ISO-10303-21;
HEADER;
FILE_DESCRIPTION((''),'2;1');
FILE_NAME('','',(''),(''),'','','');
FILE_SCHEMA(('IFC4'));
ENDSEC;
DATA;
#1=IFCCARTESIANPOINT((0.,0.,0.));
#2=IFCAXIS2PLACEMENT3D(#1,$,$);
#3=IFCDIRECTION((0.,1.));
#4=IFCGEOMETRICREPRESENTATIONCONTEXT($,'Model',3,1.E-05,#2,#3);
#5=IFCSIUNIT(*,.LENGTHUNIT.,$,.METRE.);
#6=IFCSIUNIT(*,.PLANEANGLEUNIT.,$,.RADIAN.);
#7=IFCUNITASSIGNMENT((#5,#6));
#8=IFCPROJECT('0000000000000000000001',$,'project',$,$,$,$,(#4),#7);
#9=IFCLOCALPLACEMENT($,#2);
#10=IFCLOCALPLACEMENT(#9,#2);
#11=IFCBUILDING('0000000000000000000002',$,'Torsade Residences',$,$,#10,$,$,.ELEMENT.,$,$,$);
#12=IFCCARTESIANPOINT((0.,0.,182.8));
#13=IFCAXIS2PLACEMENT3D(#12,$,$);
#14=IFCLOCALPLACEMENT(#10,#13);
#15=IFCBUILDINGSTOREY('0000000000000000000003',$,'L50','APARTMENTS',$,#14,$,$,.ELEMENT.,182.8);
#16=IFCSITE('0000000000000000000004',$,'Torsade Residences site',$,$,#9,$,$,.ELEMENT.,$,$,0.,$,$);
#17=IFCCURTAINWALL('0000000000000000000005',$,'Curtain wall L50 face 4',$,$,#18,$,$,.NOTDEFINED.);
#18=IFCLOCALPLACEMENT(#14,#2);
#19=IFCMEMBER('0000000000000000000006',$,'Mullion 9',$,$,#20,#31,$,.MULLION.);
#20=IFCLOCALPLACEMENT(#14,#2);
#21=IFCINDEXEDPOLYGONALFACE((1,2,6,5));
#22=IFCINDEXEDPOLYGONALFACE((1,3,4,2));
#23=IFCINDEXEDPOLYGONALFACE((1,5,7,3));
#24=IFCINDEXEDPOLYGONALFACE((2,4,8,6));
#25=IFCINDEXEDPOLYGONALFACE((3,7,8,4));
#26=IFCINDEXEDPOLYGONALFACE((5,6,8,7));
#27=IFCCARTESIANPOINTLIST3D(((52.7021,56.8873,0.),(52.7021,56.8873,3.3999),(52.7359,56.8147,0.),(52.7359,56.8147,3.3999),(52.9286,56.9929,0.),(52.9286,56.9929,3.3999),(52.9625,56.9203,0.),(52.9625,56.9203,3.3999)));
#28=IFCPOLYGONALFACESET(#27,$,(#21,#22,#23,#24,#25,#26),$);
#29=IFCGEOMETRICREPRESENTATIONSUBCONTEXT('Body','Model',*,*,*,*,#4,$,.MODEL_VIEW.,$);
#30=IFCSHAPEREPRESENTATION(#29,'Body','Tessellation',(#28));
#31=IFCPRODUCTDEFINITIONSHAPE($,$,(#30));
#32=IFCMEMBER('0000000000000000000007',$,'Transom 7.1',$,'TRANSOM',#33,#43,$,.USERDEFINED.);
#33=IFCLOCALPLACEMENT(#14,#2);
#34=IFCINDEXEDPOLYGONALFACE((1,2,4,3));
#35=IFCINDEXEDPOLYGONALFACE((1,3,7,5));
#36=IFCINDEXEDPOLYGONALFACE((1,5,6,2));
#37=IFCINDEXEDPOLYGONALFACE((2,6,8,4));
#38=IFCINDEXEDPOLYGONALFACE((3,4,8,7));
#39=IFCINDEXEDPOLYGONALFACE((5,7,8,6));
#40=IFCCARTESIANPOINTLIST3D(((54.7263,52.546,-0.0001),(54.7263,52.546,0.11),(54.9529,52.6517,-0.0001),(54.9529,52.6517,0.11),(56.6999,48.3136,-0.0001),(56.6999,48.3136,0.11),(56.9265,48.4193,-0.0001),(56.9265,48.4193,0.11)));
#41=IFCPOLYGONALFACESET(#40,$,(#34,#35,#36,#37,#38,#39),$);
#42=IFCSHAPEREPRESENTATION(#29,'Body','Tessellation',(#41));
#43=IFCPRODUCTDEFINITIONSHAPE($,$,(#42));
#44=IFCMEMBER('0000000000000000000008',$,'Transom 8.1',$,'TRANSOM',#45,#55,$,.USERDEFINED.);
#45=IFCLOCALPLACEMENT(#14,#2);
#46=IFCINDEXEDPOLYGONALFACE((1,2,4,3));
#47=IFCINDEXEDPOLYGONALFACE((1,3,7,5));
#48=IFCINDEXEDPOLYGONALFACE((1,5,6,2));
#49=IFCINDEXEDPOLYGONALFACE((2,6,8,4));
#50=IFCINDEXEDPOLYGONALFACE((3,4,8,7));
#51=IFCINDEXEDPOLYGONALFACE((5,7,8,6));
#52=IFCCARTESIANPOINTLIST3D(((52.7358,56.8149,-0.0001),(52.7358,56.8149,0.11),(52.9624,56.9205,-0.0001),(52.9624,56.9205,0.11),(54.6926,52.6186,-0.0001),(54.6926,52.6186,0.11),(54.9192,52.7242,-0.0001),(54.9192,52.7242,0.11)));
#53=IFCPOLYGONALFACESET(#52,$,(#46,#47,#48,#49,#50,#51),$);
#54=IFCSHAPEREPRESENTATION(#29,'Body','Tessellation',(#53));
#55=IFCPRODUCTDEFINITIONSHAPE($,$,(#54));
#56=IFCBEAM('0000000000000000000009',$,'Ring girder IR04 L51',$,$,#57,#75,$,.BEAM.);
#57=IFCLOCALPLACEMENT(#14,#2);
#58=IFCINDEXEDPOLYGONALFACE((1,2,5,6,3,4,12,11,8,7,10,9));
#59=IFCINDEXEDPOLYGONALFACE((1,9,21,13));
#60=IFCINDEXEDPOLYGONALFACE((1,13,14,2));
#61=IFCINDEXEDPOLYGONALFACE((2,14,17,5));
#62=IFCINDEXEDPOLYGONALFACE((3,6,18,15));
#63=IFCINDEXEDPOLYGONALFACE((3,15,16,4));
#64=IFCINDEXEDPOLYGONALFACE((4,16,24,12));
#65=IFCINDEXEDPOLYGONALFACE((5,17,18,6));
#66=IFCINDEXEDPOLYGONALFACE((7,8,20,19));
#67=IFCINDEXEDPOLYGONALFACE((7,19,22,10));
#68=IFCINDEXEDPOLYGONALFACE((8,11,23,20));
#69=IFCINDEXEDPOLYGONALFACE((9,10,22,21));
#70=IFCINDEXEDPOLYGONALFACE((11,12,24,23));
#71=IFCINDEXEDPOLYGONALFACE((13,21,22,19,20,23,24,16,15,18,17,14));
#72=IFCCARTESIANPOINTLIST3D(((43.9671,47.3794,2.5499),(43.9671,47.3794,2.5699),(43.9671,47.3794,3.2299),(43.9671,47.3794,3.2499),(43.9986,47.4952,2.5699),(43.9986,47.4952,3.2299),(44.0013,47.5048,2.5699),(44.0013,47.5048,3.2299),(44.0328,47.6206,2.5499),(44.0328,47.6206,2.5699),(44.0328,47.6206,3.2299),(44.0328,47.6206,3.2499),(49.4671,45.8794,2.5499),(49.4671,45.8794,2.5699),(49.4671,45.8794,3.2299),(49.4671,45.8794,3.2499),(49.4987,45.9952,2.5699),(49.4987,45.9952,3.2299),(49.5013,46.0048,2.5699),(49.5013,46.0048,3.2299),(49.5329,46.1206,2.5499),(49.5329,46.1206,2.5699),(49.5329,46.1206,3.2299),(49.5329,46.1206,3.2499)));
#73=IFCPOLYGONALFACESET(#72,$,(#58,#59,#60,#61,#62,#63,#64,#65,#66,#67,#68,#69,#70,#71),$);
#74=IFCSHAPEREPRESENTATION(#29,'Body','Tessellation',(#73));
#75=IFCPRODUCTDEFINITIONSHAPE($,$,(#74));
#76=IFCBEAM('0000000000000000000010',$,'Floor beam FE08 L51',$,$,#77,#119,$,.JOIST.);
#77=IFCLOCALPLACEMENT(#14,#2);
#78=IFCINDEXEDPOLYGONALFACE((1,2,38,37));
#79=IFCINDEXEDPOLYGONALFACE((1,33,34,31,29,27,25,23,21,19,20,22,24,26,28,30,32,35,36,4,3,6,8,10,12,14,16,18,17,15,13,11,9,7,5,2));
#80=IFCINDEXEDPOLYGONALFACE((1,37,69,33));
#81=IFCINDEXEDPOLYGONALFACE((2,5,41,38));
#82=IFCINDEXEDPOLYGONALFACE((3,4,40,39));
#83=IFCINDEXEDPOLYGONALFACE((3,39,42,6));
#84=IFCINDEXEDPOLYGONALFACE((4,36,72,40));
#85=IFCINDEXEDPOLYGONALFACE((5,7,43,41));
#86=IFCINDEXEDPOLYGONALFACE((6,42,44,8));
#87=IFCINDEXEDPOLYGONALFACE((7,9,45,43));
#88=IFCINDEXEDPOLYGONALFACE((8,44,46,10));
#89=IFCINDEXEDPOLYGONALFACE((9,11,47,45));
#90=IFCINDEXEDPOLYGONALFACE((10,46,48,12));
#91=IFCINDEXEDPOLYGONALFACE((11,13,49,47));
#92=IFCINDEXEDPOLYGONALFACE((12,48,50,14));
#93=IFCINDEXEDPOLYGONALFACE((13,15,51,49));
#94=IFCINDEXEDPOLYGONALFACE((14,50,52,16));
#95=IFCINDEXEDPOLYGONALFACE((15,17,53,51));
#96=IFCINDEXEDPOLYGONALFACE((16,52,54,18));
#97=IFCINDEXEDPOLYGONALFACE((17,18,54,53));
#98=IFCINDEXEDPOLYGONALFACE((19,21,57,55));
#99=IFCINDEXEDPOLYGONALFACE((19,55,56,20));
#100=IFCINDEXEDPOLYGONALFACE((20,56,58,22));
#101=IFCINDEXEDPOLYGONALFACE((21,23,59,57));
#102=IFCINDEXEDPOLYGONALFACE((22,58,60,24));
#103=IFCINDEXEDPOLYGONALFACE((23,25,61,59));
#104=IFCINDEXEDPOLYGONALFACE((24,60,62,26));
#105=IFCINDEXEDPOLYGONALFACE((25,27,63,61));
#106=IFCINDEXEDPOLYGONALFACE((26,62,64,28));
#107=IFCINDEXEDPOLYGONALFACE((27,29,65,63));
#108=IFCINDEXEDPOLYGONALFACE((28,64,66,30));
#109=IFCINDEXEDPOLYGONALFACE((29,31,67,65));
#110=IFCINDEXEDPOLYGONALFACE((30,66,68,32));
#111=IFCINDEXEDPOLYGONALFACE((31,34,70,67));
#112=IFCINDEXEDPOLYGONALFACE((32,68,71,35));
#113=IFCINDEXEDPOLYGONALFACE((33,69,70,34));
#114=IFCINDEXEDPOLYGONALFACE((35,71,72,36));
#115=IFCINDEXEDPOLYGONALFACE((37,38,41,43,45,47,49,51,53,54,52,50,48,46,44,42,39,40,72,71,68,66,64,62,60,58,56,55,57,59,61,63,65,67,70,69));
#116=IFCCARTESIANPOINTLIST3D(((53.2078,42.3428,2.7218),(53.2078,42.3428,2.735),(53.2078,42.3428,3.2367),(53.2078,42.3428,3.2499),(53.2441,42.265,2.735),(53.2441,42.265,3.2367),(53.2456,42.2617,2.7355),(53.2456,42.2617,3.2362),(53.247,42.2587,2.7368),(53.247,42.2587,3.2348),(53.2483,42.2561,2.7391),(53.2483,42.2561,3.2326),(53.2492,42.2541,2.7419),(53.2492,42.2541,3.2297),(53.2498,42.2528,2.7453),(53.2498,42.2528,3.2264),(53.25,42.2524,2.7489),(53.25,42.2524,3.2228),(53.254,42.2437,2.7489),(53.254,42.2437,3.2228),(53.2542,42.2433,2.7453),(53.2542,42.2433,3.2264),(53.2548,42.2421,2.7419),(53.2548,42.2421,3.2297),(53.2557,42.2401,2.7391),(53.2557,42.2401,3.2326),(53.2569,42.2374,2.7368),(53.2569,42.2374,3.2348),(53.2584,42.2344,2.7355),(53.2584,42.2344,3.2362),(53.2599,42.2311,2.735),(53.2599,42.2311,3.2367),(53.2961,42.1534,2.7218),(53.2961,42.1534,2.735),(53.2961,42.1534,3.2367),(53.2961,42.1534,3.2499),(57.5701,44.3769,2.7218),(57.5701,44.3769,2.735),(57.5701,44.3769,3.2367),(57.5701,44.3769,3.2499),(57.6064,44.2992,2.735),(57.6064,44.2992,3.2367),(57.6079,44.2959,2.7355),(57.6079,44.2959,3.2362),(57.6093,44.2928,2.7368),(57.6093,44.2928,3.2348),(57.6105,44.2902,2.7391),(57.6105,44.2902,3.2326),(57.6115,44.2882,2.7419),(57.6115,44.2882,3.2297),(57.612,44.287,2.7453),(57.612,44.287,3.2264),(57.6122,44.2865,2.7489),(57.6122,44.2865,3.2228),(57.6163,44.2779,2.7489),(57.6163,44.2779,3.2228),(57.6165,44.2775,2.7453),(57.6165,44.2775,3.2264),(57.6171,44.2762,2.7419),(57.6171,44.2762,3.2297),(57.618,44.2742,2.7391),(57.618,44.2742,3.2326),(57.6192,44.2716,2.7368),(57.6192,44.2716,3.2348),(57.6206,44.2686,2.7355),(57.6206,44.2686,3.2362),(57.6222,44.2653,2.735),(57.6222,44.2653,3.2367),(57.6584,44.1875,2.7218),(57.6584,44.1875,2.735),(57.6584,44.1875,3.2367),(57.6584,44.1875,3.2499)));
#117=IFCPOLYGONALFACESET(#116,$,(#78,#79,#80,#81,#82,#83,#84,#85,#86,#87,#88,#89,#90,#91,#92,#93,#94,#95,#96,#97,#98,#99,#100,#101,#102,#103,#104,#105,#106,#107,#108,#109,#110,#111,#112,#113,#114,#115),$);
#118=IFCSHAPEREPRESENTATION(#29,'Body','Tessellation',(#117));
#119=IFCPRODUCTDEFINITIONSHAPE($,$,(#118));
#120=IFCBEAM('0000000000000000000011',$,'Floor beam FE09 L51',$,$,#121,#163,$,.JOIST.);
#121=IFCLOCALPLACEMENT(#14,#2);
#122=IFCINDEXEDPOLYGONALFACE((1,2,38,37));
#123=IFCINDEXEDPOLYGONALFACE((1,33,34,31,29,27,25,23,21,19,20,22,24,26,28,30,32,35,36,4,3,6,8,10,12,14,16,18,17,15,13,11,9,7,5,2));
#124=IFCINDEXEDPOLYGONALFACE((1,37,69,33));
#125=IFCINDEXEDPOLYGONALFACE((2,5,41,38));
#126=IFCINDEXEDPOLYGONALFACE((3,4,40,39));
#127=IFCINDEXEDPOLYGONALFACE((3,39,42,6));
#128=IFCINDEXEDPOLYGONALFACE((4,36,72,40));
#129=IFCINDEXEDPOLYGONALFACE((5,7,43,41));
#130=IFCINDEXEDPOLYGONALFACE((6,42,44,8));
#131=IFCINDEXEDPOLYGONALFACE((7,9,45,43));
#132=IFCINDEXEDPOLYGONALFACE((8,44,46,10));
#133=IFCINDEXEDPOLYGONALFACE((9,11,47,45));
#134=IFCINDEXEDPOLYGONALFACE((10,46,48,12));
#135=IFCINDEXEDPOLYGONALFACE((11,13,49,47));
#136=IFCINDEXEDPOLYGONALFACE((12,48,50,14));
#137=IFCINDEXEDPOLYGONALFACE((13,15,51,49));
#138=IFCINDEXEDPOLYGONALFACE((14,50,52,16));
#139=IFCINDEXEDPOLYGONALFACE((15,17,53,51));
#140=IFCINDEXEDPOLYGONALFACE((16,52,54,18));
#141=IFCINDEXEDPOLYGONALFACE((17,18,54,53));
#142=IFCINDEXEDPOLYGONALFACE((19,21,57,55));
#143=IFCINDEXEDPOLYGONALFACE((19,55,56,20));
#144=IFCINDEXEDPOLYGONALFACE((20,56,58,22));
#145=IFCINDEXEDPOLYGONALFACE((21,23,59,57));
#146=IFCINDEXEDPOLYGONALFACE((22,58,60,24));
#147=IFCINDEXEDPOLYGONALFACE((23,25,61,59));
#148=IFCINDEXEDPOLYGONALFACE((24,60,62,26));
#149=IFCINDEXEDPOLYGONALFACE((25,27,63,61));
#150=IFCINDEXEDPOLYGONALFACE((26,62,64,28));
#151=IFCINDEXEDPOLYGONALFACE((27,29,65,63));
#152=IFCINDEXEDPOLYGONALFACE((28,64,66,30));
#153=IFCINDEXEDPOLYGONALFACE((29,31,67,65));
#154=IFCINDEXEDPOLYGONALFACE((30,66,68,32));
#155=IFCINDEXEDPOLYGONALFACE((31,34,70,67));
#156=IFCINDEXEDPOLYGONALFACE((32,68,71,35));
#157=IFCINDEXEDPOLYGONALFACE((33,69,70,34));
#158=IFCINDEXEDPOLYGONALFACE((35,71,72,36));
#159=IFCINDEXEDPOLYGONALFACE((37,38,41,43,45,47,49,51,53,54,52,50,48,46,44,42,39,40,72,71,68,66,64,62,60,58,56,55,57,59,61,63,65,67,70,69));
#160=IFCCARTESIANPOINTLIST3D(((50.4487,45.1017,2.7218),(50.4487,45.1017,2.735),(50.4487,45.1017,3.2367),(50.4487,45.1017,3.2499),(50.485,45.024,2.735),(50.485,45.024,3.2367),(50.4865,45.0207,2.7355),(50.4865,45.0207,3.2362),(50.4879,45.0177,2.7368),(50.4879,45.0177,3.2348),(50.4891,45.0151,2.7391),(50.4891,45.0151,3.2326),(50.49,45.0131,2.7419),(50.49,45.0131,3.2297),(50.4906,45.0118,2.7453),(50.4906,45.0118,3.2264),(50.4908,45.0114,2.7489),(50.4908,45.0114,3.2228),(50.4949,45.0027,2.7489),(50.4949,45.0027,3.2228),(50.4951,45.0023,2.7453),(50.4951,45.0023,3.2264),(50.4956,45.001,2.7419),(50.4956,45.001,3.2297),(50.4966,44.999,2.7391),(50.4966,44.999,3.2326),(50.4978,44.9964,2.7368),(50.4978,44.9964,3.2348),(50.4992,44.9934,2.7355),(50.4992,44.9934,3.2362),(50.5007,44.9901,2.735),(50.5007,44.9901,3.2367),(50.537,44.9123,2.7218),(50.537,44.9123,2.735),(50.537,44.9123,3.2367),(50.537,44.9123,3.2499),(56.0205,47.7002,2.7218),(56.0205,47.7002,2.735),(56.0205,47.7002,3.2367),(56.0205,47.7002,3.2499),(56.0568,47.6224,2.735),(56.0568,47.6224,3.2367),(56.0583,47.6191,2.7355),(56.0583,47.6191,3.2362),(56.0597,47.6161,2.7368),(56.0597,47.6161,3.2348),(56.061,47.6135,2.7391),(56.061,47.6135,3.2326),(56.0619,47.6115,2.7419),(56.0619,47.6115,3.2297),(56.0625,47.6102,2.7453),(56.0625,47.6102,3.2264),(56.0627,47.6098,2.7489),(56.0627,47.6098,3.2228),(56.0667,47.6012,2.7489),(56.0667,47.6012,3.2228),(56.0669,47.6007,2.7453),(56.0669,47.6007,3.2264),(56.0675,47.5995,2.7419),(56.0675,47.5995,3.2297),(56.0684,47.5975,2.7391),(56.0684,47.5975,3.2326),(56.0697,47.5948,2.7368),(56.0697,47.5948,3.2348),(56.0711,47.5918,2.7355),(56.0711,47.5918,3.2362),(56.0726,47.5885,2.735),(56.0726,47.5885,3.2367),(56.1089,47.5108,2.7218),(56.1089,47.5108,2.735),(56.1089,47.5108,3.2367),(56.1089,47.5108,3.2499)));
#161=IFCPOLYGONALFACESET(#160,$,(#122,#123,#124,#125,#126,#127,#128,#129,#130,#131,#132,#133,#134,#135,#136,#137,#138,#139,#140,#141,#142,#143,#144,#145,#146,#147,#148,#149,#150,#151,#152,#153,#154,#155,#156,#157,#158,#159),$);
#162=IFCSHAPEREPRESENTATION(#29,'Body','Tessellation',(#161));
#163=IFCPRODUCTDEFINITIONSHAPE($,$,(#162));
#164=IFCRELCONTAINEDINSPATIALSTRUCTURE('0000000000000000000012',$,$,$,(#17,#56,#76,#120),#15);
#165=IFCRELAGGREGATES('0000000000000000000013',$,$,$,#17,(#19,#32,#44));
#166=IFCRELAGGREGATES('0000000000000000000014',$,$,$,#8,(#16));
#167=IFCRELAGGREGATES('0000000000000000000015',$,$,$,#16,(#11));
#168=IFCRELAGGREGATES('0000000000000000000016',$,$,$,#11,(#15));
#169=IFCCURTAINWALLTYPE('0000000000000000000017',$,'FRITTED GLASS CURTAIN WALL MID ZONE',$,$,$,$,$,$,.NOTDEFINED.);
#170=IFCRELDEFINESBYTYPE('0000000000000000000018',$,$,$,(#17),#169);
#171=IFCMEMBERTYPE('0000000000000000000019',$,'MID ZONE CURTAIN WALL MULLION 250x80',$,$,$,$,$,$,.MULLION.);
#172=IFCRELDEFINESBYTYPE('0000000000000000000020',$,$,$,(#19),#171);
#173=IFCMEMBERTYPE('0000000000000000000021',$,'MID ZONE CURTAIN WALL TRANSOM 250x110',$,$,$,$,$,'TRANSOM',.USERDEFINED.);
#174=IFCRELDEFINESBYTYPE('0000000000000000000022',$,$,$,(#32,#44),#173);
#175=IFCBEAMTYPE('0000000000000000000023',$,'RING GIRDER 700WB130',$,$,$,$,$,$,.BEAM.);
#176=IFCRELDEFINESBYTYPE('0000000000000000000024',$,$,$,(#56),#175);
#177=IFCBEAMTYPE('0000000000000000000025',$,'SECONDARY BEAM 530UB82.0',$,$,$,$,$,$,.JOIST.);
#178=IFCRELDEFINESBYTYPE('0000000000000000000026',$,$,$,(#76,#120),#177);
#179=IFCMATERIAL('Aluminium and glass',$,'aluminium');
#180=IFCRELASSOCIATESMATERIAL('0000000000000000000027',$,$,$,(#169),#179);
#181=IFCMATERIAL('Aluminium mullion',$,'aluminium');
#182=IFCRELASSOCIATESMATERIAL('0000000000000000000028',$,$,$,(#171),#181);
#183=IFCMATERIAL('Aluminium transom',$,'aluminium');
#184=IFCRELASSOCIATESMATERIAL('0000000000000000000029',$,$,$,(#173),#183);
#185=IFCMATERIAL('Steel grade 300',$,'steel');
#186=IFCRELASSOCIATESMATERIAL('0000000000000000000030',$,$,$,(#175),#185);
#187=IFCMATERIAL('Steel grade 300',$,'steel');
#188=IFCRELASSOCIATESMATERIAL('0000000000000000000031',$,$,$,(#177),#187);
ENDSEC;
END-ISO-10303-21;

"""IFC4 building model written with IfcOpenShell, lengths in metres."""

from ifc_helpers import new_model, si_unit, direction, frame, origin, origin_2d, place, context, subcontext, project, spatial, rectangle, i_section, extrude, material, material_profile, profile_set, type_object, element, aggregate, save


model = new_model("IFC4")

# Units and contexts
model_context = context("Model", 3, precision=1e-05, world=origin(), true_north=direction((0.0, 1.0)))
body_context = subcontext(model_context, "Body", "Model", "MODEL_VIEW")
ifc_project = project(units=[si_unit("LENGTHUNIT", "METRE"), si_unit("PLANEANGLEUNIT", "RADIAN")], contexts=[model_context])

# Site, building, storey
site_placement = place(None, origin())
site = spatial("IfcSite", under=ifc_project, at=site_placement, Name="Torsade Residences site", CompositionType="ELEMENT", RefElevation=0.0)
building_placement = place(site_placement, origin())
building = spatial("IfcBuilding", under=site, at=building_placement, Name="Torsade Residences", CompositionType="ELEMENT")
storey_placement = place(building_placement, frame((0.0, 0.0, 182.8)))
storey = spatial("IfcBuildingStorey", under=building, at=storey_placement, Name="L50", Description="APARTMENTS", CompositionType="ELEMENT", Elevation=182.8)

# Curtain wall, members
ifc_material_1 = material(Name="Aluminium and glass", Category="aluminium")
curtain_wall_type = type_object("IfcCurtainWallType", Name="FRITTED GLASS CURTAIN WALL MID ZONE", PredefinedType="NOTDEFINED", material=ifc_material_1)
curtain_wall_placement = place(storey_placement, origin())
curtain_wall = element("IfcCurtainWall", 1, at=curtain_wall_placement, inside=storey, type_object=curtain_wall_type, Name="Curtain wall L50 face 4", PredefinedType="NOTDEFINED")
ifc_material_2 = material(Name="Aluminium mullion", Category="aluminium")
ifc_material_profile_1 = material_profile(ifc_material_2, rectangle(XDim=0.25, YDim=0.0801, at=origin_2d()), Name="MID ZONE CURTAIN WALL MULLION 250x80")
ifc_profile_set_1 = profile_set([ifc_material_profile_1], Name="Aluminium mullion")
member_type_1 = type_object("IfcMemberType", Name="MID ZONE CURTAIN WALL MULLION 250x80", PredefinedType="MULLION", material=ifc_profile_set_1)
member_1_placement = place(storey_placement, frame((52.8323, 56.9038, 0.0), z_axis=(0.0, 0.0, 1.0), x_axis=(-0.906308, -0.422618, 0.0)))
member_1 = element("IfcMember", 2, at=member_1_placement, type_object=member_type_1, Name="Mullion 9", PredefinedType="MULLION", context=body_context, shape_type="SweptSolid", body=[
    extrude(rectangle(XDim=0.25, YDim=0.0801, at=origin_2d()), origin(), (0.0, 0.0, 1.0), 3.3999),
])
ifc_material_3 = material(Name="Aluminium transom", Category="aluminium")
ifc_material_profile_2 = material_profile(ifc_material_3, rectangle(XDim=0.25, YDim=0.1101, at=origin_2d()), Name="MID ZONE CURTAIN WALL TRANSOM 250x110")
ifc_profile_set_2 = profile_set([ifc_material_profile_2], Name="Aluminium transom")
member_type_2 = type_object("IfcMemberType", Name="MID ZONE CURTAIN WALL TRANSOM 250x110", ElementType="TRANSOM", PredefinedType="USERDEFINED", material=ifc_profile_set_2)
member_2_placement = place(storey_placement, frame((56.8132, 48.3665, 0.0549), z_axis=(-0.422622, 0.906306, 0.0), x_axis=(-0.906306, -0.422622, 0.0)))
member_2 = element("IfcMember", 3, at=member_2_placement, type_object=member_type_2, Name="Transom 7.1", ObjectType="TRANSOM", PredefinedType="USERDEFINED", context=body_context, shape_type="SweptSolid", body=[
    extrude(rectangle(XDim=0.25, YDim=0.1101, at=origin_2d()), origin(), (0.0, 0.0, 1.0), 4.6699),
])
member_3_placement = place(storey_placement, frame((54.8059, 52.6714, 0.0549), z_axis=(-0.422623, 0.906306, 0.0), x_axis=(-0.906306, -0.422623, 0.0)))
member_3 = element("IfcMember", 4, at=member_3_placement, type_object=member_type_2, Name="Transom 8.1", ObjectType="TRANSOM", PredefinedType="USERDEFINED", context=body_context, shape_type="SweptSolid", body=[
    extrude(rectangle(XDim=0.25, YDim=0.1101, at=origin_2d()), origin(), (0.0, 0.0, 1.0), 4.6301),
])

# Beams
ifc_material_4 = material(Name="Steel grade 300", Category="steel")
ifc_material_profile_3 = material_profile(ifc_material_4, i_section(OverallWidth=0.25, OverallDepth=0.7, WebThickness=0.01, FlangeThickness=0.02, at=origin_2d()), Name="700WB130")
ifc_profile_set_3 = profile_set([ifc_material_profile_3], Name="Steel grade 300")
beam_type_1 = type_object("IfcBeamType", Name="RING GIRDER 700WB130", PredefinedType="BEAM", material=ifc_profile_set_3)
beam_1_placement = place(storey_placement, frame((49.5, 46.0, 2.8999), z_axis=(-0.964764, 0.263117, 0.0), x_axis=(-0.263117, -0.964764, 0.0)))
element("IfcBeam", 5, at=beam_1_placement, inside=storey, type_object=beam_type_1, Name="Ring girder IR04 L51", PredefinedType="BEAM", context=body_context, shape_type="SweptSolid", body=[
    extrude(i_section(OverallWidth=0.25, OverallDepth=0.7, WebThickness=0.01, FlangeThickness=0.02, at=origin_2d()), origin(), (0.0, 0.0, 1.0), 5.7009),
])
ifc_material_5 = material(Name="Steel grade 300", Category="steel")
ifc_material_profile_4 = material_profile(ifc_material_5, i_section(OverallWidth=0.209, OverallDepth=0.5281, WebThickness=0.0095, FlangeThickness=0.0132, FilletRadius=0.0139, at=origin_2d()), Name="530UB82.0")
ifc_profile_set_4 = profile_set([ifc_material_profile_4], Name="Steel grade 300")
beam_type_2 = type_object("IfcBeamType", Name="SECONDARY BEAM 530UB82.0", PredefinedType="JOIST", material=ifc_profile_set_4)
beam_2_placement = place(storey_placement, frame((57.6143, 44.2822, 2.9858), z_axis=(-0.906308, -0.422619, 0.0), x_axis=(0.422619, -0.906308, 0.0)))
element("IfcBeam", 6, at=beam_2_placement, inside=storey, type_object=beam_type_2, Name="Floor beam FE08 L51", PredefinedType="JOIST", context=body_context, shape_type="SweptSolid", body=[
    extrude(i_section(OverallWidth=0.209, OverallDepth=0.5281, WebThickness=0.0095, FlangeThickness=0.0132, FilletRadius=0.0139, at=origin_2d()), origin(), (0.0, 0.0, 1.0), 4.8132),
])
beam_3_placement = place(storey_placement, frame((56.0647, 47.6055, 2.9858), z_axis=(-0.906294, -0.422648, 0.0), x_axis=(0.422648, -0.906294, 0.0)))
element("IfcBeam", 7, at=beam_3_placement, inside=storey, type_object=beam_type_2, Name="Floor beam FE09 L51", PredefinedType="JOIST", context=body_context, shape_type="SweptSolid", body=[
    extrude(i_section(OverallWidth=0.209, OverallDepth=0.5281, WebThickness=0.0095, FlangeThickness=0.0132, FilletRadius=0.0139, at=origin_2d()), origin(), (0.0, 0.0, 1.0), 6.1479),
])

aggregate(curtain_wall, [member_1, member_2, member_3])

save(model, "model.ifc")
